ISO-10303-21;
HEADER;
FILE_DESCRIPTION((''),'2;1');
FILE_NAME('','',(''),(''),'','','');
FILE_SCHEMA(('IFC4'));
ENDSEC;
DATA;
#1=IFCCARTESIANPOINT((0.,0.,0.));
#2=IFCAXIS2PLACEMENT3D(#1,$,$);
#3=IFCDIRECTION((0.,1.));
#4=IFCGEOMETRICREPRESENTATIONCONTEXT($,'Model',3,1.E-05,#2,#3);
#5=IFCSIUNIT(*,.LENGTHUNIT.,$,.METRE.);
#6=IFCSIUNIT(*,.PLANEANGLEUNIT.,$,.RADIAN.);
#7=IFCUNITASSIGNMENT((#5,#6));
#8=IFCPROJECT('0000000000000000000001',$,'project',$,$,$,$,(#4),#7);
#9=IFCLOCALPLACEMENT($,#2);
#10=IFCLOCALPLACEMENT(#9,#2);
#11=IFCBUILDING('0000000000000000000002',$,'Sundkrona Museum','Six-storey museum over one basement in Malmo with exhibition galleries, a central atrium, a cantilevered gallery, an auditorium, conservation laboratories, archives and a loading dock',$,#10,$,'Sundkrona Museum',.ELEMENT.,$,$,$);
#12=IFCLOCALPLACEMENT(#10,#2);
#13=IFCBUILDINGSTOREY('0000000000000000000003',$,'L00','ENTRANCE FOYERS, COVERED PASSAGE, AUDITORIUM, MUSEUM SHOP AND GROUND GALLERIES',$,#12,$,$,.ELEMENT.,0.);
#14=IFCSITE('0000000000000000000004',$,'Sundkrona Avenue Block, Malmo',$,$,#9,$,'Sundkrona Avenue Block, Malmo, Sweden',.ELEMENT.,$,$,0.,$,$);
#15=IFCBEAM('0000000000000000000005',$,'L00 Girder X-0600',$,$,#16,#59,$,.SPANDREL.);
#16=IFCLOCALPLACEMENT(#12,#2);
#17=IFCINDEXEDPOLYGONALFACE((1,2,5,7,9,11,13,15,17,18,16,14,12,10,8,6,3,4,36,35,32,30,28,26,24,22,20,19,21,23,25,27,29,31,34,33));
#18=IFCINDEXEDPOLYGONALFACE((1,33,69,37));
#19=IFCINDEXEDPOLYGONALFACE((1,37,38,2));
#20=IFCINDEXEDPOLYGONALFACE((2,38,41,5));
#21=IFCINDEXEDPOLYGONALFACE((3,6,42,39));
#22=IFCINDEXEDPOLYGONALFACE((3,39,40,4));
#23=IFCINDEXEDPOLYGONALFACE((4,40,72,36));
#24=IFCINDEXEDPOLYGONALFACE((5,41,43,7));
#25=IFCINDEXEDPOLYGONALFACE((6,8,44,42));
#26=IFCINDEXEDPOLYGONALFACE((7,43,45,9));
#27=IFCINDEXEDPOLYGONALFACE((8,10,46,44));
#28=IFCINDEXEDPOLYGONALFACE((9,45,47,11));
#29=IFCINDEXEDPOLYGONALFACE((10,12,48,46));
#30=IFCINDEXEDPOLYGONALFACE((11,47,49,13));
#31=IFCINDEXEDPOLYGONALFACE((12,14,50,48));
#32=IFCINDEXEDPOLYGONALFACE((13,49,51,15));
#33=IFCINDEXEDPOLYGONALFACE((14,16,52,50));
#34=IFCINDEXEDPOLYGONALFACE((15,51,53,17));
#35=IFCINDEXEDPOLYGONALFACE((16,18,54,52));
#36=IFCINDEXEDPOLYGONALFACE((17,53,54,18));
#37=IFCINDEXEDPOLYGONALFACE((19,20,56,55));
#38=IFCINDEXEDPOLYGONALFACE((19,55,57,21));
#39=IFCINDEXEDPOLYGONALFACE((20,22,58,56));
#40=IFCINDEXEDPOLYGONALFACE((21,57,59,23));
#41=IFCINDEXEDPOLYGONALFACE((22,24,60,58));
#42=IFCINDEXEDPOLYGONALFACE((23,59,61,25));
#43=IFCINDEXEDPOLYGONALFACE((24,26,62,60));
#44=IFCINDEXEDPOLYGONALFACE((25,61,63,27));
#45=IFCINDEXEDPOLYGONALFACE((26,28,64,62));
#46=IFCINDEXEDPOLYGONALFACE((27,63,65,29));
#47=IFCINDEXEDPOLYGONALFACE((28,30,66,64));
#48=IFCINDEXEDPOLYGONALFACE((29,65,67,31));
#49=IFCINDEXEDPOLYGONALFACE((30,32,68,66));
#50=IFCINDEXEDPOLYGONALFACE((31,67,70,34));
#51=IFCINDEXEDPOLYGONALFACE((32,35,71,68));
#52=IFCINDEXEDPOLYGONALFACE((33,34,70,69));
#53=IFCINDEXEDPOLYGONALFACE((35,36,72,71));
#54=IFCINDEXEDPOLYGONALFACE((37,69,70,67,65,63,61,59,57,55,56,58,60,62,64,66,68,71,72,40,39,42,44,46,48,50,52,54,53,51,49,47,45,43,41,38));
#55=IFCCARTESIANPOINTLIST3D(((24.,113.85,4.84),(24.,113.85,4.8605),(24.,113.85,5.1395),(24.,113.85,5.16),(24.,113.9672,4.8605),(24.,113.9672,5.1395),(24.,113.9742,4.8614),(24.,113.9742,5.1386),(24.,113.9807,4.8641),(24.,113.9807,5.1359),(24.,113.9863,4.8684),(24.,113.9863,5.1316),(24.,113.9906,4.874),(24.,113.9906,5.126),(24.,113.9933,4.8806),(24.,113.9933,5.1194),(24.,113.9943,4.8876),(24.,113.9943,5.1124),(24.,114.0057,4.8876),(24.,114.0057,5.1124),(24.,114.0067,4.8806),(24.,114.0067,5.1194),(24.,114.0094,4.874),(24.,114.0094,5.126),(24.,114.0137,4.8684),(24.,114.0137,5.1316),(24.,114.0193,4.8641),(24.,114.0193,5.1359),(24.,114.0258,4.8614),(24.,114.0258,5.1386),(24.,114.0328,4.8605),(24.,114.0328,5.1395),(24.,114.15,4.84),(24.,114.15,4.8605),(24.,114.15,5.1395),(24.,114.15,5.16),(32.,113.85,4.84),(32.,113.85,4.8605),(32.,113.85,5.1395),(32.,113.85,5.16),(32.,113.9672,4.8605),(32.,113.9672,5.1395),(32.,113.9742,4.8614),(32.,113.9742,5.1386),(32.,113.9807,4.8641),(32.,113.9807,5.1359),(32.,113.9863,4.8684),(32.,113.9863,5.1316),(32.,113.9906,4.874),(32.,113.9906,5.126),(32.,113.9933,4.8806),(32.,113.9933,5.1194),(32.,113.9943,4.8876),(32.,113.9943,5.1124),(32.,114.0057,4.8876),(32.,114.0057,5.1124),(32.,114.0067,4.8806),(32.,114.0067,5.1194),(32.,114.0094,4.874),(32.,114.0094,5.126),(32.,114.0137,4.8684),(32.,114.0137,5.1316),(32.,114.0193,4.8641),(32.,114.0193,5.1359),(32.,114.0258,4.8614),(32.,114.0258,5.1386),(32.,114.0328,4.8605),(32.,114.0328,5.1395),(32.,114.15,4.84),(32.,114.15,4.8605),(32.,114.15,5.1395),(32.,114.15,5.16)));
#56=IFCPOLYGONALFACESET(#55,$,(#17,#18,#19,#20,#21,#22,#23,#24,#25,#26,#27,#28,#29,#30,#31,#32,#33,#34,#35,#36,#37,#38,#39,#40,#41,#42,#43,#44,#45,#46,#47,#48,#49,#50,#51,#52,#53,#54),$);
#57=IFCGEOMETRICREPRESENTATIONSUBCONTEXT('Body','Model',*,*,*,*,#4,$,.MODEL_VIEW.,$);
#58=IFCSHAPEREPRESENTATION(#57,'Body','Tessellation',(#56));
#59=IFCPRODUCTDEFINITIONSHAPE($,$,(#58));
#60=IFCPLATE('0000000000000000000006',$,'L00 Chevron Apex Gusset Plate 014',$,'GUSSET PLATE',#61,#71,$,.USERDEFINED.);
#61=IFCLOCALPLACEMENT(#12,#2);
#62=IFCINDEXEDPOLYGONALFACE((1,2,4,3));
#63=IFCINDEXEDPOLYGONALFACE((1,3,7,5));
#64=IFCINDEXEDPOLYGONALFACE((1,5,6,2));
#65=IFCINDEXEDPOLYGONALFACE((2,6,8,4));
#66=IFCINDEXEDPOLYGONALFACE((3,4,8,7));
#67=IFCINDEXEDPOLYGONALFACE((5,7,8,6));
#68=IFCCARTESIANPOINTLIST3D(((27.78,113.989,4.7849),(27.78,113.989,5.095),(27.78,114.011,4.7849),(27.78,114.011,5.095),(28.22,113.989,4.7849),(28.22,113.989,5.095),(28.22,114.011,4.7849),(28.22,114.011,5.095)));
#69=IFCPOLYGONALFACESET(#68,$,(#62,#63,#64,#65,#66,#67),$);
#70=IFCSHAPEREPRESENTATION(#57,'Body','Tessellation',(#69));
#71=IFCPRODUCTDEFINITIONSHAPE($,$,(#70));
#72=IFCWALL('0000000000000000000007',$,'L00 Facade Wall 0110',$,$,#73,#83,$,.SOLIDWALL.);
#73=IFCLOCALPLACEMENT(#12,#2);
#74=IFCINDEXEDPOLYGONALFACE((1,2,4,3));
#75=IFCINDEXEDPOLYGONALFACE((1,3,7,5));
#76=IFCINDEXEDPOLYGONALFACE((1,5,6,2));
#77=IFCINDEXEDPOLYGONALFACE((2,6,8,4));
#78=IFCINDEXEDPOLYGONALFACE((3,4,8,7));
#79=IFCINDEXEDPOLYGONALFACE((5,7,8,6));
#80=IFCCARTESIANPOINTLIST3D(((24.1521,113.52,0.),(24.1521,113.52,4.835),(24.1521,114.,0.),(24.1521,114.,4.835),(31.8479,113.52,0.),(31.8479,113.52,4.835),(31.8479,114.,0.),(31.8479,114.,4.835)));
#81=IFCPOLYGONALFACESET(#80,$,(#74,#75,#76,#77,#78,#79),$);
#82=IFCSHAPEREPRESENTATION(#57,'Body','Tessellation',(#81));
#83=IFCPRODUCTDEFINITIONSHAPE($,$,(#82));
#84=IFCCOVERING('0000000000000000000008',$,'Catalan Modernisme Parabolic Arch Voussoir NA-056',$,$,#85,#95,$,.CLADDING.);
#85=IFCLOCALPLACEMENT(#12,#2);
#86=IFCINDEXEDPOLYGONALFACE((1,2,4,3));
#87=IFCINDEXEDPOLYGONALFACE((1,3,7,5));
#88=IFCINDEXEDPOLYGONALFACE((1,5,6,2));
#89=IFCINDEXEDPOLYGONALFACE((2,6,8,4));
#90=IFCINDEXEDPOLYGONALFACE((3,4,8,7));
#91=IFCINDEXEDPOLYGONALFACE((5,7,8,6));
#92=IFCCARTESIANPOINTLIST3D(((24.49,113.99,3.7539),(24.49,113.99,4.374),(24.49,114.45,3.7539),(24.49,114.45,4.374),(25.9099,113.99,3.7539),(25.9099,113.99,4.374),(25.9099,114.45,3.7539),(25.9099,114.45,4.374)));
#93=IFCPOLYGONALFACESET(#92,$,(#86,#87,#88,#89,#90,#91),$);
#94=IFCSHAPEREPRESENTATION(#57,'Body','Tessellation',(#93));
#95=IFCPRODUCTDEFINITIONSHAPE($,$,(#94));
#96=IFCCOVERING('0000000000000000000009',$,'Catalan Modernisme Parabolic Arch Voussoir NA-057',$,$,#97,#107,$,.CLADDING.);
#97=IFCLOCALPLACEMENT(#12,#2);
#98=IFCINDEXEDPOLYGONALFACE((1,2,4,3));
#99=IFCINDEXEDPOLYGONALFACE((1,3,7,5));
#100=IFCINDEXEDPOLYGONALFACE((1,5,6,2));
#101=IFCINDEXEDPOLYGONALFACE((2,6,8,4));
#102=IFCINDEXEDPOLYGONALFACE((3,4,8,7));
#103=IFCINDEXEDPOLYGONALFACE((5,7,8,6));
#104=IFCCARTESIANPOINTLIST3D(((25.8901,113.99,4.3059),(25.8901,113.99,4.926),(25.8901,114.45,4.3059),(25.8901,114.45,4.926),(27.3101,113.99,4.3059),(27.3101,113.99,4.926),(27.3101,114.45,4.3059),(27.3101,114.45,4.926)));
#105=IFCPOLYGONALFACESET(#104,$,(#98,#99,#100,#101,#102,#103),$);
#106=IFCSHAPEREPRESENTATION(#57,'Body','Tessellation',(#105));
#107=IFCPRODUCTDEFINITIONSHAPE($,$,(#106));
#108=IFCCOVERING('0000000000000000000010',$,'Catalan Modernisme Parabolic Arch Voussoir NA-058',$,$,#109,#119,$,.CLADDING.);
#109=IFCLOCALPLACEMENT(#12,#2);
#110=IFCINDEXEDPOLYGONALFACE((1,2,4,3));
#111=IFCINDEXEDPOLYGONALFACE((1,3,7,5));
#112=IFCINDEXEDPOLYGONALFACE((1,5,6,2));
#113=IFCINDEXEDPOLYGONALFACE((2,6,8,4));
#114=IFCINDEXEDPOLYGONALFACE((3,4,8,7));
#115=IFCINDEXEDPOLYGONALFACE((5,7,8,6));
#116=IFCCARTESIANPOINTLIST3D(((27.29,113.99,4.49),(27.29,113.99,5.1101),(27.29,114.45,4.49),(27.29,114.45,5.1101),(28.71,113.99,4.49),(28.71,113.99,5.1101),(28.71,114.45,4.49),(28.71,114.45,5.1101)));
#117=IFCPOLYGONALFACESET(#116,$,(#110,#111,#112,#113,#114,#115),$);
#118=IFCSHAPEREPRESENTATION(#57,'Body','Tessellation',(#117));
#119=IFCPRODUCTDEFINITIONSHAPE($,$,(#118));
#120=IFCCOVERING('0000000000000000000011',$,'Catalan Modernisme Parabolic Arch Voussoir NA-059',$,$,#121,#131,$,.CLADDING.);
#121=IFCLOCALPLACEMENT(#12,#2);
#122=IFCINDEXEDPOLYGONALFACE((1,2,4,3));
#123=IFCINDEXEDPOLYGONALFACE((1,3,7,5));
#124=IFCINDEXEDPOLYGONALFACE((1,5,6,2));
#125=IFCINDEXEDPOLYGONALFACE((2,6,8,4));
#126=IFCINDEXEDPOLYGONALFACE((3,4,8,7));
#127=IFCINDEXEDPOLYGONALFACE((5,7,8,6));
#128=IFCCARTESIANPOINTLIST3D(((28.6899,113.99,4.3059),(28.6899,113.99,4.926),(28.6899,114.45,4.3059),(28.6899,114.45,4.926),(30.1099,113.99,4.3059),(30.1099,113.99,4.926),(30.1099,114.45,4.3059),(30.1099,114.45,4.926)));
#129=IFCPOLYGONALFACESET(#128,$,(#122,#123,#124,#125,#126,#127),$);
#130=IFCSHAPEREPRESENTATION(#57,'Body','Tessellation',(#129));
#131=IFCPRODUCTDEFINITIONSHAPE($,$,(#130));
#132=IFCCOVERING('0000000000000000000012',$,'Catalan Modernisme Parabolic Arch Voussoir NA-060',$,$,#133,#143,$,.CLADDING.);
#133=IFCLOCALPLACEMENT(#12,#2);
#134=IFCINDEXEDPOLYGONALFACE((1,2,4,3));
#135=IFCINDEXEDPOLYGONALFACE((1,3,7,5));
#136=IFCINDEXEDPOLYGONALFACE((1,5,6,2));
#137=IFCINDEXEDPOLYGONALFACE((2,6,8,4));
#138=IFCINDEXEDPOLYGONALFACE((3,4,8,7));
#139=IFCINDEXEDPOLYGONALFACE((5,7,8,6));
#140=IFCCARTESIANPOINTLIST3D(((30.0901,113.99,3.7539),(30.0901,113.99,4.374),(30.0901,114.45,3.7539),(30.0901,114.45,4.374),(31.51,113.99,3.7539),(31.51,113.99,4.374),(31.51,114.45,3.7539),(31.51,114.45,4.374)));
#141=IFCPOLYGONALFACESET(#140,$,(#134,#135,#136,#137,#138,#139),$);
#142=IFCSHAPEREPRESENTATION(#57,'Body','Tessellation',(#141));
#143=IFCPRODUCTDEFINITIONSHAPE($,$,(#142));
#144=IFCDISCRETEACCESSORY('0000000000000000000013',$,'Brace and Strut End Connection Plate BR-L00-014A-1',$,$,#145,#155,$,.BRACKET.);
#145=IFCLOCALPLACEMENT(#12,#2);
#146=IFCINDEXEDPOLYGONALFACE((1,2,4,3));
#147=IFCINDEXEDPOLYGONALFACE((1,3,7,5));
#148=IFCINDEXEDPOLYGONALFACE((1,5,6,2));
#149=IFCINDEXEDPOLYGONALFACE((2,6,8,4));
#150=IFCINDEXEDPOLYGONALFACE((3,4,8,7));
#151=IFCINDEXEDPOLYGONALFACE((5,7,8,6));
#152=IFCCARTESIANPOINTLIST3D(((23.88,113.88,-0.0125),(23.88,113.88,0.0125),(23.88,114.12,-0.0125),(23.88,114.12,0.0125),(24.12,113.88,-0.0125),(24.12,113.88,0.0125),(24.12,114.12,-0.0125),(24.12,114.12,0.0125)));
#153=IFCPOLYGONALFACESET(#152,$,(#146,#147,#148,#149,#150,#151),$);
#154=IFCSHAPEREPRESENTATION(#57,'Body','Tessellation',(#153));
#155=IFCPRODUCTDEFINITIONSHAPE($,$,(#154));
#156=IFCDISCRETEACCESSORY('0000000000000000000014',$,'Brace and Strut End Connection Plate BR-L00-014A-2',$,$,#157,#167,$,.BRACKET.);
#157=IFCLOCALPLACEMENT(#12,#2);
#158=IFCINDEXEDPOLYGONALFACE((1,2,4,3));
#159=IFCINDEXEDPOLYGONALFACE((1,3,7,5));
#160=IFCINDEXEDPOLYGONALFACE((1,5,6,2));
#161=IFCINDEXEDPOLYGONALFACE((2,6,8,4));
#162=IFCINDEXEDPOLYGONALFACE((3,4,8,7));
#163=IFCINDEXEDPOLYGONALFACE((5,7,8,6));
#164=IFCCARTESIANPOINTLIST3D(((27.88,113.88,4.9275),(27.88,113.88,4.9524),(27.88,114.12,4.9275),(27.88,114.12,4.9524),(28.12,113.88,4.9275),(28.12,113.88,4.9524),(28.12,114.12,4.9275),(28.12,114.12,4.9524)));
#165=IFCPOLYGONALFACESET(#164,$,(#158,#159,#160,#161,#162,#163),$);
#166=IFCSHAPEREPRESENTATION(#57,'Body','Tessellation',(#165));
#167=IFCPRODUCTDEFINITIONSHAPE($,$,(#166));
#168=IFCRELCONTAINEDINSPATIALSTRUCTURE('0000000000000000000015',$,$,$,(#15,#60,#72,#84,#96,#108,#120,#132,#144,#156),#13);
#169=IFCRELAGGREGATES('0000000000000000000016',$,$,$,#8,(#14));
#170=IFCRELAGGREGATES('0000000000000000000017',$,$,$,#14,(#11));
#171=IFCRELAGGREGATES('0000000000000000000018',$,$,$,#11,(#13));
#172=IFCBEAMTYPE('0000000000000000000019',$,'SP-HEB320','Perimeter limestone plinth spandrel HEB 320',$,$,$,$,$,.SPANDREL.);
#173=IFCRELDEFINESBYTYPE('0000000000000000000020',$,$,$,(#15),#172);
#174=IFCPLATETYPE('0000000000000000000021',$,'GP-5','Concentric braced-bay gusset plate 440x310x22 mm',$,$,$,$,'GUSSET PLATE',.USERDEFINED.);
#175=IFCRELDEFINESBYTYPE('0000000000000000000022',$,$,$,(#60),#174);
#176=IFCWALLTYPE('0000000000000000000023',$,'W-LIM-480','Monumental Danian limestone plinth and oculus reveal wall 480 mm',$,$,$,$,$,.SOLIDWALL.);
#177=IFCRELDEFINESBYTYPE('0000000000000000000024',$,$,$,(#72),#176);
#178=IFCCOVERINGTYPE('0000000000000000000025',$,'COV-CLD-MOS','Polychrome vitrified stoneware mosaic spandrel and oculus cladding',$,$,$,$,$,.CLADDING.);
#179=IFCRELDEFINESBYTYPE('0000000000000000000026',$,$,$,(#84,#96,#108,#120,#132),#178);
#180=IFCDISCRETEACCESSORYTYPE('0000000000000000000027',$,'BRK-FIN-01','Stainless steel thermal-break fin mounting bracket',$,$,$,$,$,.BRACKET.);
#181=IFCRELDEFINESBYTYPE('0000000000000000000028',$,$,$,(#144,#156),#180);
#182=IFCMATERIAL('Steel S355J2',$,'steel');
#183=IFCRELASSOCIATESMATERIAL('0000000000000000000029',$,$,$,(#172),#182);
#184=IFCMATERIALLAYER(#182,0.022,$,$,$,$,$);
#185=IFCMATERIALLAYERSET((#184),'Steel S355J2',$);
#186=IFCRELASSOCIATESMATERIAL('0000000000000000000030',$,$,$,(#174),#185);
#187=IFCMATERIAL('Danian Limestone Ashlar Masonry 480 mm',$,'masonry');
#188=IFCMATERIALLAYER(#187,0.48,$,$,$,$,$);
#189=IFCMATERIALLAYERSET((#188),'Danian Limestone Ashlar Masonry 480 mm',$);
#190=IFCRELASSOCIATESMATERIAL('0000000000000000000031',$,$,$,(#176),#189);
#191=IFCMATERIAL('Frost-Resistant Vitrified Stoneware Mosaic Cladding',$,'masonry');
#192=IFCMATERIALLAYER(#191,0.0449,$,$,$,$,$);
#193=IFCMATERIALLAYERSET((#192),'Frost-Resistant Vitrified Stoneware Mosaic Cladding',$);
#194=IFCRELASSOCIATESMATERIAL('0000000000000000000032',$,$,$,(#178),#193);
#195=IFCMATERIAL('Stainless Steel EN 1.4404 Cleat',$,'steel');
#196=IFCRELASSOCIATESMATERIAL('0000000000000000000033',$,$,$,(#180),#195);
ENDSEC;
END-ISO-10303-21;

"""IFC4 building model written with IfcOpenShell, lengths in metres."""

from ifc_helpers import new_model, si_unit, direction, frame, frame_2d, origin, origin_2d, place, context, subcontext, project, spatial, rectangle, i_section, extrude, material, layer, layer_set, material_profile, profile_set, type_object, element, save


model = new_model("IFC4")

# Units and contexts
model_context = context("Model", 3, precision=1e-05, world=origin(), true_north=direction((0.0, 1.0)))
body_context = subcontext(model_context, "Body", "Model", "MODEL_VIEW")
ifc_project = project(units=[si_unit("LENGTHUNIT", "METRE"), si_unit("PLANEANGLEUNIT", "RADIAN")], contexts=[model_context])

# Site, building, storey
site_placement = place(None, origin())
site = spatial("IfcSite", under=ifc_project, at=site_placement, Name="Sundkrona Avenue Block, Malmo", LongName="Sundkrona Avenue Block, Malmo, Sweden", CompositionType="ELEMENT", RefElevation=0.0)
building_placement = place(site_placement, origin())
building = spatial("IfcBuilding", under=site, at=building_placement, Name="Sundkrona Museum", Description="Six-storey museum over one basement in Malmo with exhibition galleries, a central atrium, a cantilevered gallery, an auditorium, conservation laboratories, archives and a loading dock", LongName="Sundkrona Museum", CompositionType="ELEMENT")
storey_placement = place(building_placement, origin())
storey = spatial("IfcBuildingStorey", under=building, at=storey_placement, Name="L00", Description="ENTRANCE FOYERS, COVERED PASSAGE, AUDITORIUM, MUSEUM SHOP AND GROUND GALLERIES", CompositionType="ELEMENT", Elevation=0.0)

# Shared definitions
ifc_material_1 = material(Name="Steel S355J2", Category="steel")

# Beam
ifc_material_profile_1 = material_profile(ifc_material_1, i_section(OverallWidth=0.3, OverallDepth=0.3201, WebThickness=0.0115, FlangeThickness=0.0205, FilletRadius=0.0271, at=origin_2d()), Name="HEB 320")
ifc_profile_set_1 = profile_set([ifc_material_profile_1], Name="Steel S355J2")
beam_type_1 = type_object("IfcBeamType", Name="SP-HEB320", Description="Perimeter limestone plinth spandrel HEB 320", PredefinedType="SPANDREL", material=ifc_profile_set_1)
beam_1_placement = place(storey_placement, frame((24.0, 114.0, 5.0), z_axis=(1.0, 0.0, 0.0), x_axis=(0.0, 1.0, 0.0)))
element("IfcBeam", 1, at=beam_1_placement, inside=storey, type_object=beam_type_1, Name="L00 Girder X-0600", PredefinedType="SPANDREL", context=body_context, shape_type="SweptSolid", body=[
    extrude(i_section(OverallWidth=0.3, OverallDepth=0.3201, WebThickness=0.0115, FlangeThickness=0.0205, FilletRadius=0.0271, at=origin_2d()), origin(), (0.0, 0.0, 1.0), 8.0),
])

# Plate
ifc_layer_1 = layer(ifc_material_1, 0.022)
ifc_layer_set_1 = layer_set([ifc_layer_1], Name="Steel S355J2")
plate_type = type_object("IfcPlateType", Name="GP-5", Description="Concentric braced-bay gusset plate 440x310x22 mm", ElementType="GUSSET PLATE", PredefinedType="USERDEFINED", material=ifc_layer_set_1)
plate_placement = place(storey_placement, frame((28.0, 114.0, 4.7849), z_axis=(0.0, 0.0, 1.0), x_axis=(1.0, 0.0, 0.0)))
element("IfcPlate", 2, at=plate_placement, inside=storey, type_object=plate_type, Name="L00 Chevron Apex Gusset Plate 014", ObjectType="GUSSET PLATE", PredefinedType="USERDEFINED", context=body_context, shape_type="SweptSolid", body=[
    extrude(rectangle(XDim=0.4399, YDim=0.022, at=origin_2d()), origin(), (0.0, 0.0, 1.0), 0.3101),
])

# Wall
ifc_material_2 = material(Name="Danian Limestone Ashlar Masonry 480 mm", Category="masonry")
ifc_layer_2 = layer(ifc_material_2, 0.48)
ifc_layer_set_2 = layer_set([ifc_layer_2], Name="Danian Limestone Ashlar Masonry 480 mm")
wall_type = type_object("IfcWallType", Name="W-LIM-480", Description="Monumental Danian limestone plinth and oculus reveal wall 480 mm", PredefinedType="SOLIDWALL", material=ifc_layer_set_2)
wall_placement = place(storey_placement, frame((24.1521, 113.76, 0.0), z_axis=(0.0, 0.0, 1.0), x_axis=(1.0, 0.0, 0.0)))
element("IfcWall", 3, at=wall_placement, inside=storey, type_object=wall_type, Name="L00 Facade Wall 0110", PredefinedType="SOLIDWALL", context=body_context, shape_type="SweptSolid", body=[
    extrude(rectangle(XDim=7.6958, YDim=0.48, at=frame_2d((3.8479, 0.0))), origin(), (0.0, 0.0, 1.0), 4.835),
])

# Coverings
ifc_material_3 = material(Name="Frost-Resistant Vitrified Stoneware Mosaic Cladding", Category="masonry")
ifc_layer_3 = layer(ifc_material_3, 0.0449)
ifc_layer_set_3 = layer_set([ifc_layer_3], Name="Frost-Resistant Vitrified Stoneware Mosaic Cladding")
covering_type = type_object("IfcCoveringType", Name="COV-CLD-MOS", Description="Polychrome vitrified stoneware mosaic spandrel and oculus cladding", PredefinedType="CLADDING", material=ifc_layer_set_3)
for number, where, z_axis, x_axis, name in (
    (4, (25.2, 114.22, 3.7539), (0.0, 0.0, 1.0), (1.0, 0.0, 0.0), "Catalan Modernisme Parabolic Arch Voussoir NA-056"),
    (5, (26.6001, 114.22, 4.3059), (0.0, 0.0, 1.0), (1.0, 0.0, 0.0), "Catalan Modernisme Parabolic Arch Voussoir NA-057"),
    (6, (28.0, 114.22, 4.49), (0.0, 0.0, 1.0), (1.0, 0.0, 0.0), "Catalan Modernisme Parabolic Arch Voussoir NA-058"),
    (7, (29.3999, 114.22, 4.3059), (0.0, 0.0, 1.0), (1.0, 0.0, 0.0), "Catalan Modernisme Parabolic Arch Voussoir NA-059"),
    (8, (30.8, 114.22, 3.7539), (0.0, 0.0, 1.0), (1.0, 0.0, 0.0), "Catalan Modernisme Parabolic Arch Voussoir NA-060"),
):
    element("IfcCovering", number, at=place(storey_placement, frame(where, z_axis=z_axis, x_axis=x_axis)), inside=storey, type_object=covering_type, Name=name, PredefinedType="CLADDING", context=body_context, shape_type="SweptSolid", body=[
        extrude(rectangle(XDim=1.4199, YDim=0.46, at=origin_2d()), origin(), (0.0, 0.0, 1.0), 0.6201),
    ])

# Discrete accessories
ifc_material_4 = material(Name="Stainless Steel EN 1.4404 Cleat", Category="steel")
discrete_accessory_type = type_object("IfcDiscreteAccessoryType", Name="BRK-FIN-01", Description="Stainless steel thermal-break fin mounting bracket", PredefinedType="BRACKET", material=ifc_material_4)
for number, where, z_axis, x_axis, name in (
    (9, (24.0, 114.0, -0.0125), (0.0, 0.0, 1.0), (1.0, 0.0, 0.0), "Brace and Strut End Connection Plate BR-L00-014A-1"),
    (10, (28.0, 114.0, 4.9275), (0.0, 0.0, 1.0), (1.0, 0.0, 0.0), "Brace and Strut End Connection Plate BR-L00-014A-2"),
):
    element("IfcDiscreteAccessory", number, at=place(storey_placement, frame(where, z_axis=z_axis, x_axis=x_axis)), inside=storey, type_object=discrete_accessory_type, Name=name, PredefinedType="BRACKET", context=body_context, shape_type="SweptSolid", body=[
        extrude(rectangle(XDim=0.24, YDim=0.24, at=origin_2d()), origin(), (0.0, 0.0, 1.0), 0.0249),
    ])

save(model, "model.ifc")
